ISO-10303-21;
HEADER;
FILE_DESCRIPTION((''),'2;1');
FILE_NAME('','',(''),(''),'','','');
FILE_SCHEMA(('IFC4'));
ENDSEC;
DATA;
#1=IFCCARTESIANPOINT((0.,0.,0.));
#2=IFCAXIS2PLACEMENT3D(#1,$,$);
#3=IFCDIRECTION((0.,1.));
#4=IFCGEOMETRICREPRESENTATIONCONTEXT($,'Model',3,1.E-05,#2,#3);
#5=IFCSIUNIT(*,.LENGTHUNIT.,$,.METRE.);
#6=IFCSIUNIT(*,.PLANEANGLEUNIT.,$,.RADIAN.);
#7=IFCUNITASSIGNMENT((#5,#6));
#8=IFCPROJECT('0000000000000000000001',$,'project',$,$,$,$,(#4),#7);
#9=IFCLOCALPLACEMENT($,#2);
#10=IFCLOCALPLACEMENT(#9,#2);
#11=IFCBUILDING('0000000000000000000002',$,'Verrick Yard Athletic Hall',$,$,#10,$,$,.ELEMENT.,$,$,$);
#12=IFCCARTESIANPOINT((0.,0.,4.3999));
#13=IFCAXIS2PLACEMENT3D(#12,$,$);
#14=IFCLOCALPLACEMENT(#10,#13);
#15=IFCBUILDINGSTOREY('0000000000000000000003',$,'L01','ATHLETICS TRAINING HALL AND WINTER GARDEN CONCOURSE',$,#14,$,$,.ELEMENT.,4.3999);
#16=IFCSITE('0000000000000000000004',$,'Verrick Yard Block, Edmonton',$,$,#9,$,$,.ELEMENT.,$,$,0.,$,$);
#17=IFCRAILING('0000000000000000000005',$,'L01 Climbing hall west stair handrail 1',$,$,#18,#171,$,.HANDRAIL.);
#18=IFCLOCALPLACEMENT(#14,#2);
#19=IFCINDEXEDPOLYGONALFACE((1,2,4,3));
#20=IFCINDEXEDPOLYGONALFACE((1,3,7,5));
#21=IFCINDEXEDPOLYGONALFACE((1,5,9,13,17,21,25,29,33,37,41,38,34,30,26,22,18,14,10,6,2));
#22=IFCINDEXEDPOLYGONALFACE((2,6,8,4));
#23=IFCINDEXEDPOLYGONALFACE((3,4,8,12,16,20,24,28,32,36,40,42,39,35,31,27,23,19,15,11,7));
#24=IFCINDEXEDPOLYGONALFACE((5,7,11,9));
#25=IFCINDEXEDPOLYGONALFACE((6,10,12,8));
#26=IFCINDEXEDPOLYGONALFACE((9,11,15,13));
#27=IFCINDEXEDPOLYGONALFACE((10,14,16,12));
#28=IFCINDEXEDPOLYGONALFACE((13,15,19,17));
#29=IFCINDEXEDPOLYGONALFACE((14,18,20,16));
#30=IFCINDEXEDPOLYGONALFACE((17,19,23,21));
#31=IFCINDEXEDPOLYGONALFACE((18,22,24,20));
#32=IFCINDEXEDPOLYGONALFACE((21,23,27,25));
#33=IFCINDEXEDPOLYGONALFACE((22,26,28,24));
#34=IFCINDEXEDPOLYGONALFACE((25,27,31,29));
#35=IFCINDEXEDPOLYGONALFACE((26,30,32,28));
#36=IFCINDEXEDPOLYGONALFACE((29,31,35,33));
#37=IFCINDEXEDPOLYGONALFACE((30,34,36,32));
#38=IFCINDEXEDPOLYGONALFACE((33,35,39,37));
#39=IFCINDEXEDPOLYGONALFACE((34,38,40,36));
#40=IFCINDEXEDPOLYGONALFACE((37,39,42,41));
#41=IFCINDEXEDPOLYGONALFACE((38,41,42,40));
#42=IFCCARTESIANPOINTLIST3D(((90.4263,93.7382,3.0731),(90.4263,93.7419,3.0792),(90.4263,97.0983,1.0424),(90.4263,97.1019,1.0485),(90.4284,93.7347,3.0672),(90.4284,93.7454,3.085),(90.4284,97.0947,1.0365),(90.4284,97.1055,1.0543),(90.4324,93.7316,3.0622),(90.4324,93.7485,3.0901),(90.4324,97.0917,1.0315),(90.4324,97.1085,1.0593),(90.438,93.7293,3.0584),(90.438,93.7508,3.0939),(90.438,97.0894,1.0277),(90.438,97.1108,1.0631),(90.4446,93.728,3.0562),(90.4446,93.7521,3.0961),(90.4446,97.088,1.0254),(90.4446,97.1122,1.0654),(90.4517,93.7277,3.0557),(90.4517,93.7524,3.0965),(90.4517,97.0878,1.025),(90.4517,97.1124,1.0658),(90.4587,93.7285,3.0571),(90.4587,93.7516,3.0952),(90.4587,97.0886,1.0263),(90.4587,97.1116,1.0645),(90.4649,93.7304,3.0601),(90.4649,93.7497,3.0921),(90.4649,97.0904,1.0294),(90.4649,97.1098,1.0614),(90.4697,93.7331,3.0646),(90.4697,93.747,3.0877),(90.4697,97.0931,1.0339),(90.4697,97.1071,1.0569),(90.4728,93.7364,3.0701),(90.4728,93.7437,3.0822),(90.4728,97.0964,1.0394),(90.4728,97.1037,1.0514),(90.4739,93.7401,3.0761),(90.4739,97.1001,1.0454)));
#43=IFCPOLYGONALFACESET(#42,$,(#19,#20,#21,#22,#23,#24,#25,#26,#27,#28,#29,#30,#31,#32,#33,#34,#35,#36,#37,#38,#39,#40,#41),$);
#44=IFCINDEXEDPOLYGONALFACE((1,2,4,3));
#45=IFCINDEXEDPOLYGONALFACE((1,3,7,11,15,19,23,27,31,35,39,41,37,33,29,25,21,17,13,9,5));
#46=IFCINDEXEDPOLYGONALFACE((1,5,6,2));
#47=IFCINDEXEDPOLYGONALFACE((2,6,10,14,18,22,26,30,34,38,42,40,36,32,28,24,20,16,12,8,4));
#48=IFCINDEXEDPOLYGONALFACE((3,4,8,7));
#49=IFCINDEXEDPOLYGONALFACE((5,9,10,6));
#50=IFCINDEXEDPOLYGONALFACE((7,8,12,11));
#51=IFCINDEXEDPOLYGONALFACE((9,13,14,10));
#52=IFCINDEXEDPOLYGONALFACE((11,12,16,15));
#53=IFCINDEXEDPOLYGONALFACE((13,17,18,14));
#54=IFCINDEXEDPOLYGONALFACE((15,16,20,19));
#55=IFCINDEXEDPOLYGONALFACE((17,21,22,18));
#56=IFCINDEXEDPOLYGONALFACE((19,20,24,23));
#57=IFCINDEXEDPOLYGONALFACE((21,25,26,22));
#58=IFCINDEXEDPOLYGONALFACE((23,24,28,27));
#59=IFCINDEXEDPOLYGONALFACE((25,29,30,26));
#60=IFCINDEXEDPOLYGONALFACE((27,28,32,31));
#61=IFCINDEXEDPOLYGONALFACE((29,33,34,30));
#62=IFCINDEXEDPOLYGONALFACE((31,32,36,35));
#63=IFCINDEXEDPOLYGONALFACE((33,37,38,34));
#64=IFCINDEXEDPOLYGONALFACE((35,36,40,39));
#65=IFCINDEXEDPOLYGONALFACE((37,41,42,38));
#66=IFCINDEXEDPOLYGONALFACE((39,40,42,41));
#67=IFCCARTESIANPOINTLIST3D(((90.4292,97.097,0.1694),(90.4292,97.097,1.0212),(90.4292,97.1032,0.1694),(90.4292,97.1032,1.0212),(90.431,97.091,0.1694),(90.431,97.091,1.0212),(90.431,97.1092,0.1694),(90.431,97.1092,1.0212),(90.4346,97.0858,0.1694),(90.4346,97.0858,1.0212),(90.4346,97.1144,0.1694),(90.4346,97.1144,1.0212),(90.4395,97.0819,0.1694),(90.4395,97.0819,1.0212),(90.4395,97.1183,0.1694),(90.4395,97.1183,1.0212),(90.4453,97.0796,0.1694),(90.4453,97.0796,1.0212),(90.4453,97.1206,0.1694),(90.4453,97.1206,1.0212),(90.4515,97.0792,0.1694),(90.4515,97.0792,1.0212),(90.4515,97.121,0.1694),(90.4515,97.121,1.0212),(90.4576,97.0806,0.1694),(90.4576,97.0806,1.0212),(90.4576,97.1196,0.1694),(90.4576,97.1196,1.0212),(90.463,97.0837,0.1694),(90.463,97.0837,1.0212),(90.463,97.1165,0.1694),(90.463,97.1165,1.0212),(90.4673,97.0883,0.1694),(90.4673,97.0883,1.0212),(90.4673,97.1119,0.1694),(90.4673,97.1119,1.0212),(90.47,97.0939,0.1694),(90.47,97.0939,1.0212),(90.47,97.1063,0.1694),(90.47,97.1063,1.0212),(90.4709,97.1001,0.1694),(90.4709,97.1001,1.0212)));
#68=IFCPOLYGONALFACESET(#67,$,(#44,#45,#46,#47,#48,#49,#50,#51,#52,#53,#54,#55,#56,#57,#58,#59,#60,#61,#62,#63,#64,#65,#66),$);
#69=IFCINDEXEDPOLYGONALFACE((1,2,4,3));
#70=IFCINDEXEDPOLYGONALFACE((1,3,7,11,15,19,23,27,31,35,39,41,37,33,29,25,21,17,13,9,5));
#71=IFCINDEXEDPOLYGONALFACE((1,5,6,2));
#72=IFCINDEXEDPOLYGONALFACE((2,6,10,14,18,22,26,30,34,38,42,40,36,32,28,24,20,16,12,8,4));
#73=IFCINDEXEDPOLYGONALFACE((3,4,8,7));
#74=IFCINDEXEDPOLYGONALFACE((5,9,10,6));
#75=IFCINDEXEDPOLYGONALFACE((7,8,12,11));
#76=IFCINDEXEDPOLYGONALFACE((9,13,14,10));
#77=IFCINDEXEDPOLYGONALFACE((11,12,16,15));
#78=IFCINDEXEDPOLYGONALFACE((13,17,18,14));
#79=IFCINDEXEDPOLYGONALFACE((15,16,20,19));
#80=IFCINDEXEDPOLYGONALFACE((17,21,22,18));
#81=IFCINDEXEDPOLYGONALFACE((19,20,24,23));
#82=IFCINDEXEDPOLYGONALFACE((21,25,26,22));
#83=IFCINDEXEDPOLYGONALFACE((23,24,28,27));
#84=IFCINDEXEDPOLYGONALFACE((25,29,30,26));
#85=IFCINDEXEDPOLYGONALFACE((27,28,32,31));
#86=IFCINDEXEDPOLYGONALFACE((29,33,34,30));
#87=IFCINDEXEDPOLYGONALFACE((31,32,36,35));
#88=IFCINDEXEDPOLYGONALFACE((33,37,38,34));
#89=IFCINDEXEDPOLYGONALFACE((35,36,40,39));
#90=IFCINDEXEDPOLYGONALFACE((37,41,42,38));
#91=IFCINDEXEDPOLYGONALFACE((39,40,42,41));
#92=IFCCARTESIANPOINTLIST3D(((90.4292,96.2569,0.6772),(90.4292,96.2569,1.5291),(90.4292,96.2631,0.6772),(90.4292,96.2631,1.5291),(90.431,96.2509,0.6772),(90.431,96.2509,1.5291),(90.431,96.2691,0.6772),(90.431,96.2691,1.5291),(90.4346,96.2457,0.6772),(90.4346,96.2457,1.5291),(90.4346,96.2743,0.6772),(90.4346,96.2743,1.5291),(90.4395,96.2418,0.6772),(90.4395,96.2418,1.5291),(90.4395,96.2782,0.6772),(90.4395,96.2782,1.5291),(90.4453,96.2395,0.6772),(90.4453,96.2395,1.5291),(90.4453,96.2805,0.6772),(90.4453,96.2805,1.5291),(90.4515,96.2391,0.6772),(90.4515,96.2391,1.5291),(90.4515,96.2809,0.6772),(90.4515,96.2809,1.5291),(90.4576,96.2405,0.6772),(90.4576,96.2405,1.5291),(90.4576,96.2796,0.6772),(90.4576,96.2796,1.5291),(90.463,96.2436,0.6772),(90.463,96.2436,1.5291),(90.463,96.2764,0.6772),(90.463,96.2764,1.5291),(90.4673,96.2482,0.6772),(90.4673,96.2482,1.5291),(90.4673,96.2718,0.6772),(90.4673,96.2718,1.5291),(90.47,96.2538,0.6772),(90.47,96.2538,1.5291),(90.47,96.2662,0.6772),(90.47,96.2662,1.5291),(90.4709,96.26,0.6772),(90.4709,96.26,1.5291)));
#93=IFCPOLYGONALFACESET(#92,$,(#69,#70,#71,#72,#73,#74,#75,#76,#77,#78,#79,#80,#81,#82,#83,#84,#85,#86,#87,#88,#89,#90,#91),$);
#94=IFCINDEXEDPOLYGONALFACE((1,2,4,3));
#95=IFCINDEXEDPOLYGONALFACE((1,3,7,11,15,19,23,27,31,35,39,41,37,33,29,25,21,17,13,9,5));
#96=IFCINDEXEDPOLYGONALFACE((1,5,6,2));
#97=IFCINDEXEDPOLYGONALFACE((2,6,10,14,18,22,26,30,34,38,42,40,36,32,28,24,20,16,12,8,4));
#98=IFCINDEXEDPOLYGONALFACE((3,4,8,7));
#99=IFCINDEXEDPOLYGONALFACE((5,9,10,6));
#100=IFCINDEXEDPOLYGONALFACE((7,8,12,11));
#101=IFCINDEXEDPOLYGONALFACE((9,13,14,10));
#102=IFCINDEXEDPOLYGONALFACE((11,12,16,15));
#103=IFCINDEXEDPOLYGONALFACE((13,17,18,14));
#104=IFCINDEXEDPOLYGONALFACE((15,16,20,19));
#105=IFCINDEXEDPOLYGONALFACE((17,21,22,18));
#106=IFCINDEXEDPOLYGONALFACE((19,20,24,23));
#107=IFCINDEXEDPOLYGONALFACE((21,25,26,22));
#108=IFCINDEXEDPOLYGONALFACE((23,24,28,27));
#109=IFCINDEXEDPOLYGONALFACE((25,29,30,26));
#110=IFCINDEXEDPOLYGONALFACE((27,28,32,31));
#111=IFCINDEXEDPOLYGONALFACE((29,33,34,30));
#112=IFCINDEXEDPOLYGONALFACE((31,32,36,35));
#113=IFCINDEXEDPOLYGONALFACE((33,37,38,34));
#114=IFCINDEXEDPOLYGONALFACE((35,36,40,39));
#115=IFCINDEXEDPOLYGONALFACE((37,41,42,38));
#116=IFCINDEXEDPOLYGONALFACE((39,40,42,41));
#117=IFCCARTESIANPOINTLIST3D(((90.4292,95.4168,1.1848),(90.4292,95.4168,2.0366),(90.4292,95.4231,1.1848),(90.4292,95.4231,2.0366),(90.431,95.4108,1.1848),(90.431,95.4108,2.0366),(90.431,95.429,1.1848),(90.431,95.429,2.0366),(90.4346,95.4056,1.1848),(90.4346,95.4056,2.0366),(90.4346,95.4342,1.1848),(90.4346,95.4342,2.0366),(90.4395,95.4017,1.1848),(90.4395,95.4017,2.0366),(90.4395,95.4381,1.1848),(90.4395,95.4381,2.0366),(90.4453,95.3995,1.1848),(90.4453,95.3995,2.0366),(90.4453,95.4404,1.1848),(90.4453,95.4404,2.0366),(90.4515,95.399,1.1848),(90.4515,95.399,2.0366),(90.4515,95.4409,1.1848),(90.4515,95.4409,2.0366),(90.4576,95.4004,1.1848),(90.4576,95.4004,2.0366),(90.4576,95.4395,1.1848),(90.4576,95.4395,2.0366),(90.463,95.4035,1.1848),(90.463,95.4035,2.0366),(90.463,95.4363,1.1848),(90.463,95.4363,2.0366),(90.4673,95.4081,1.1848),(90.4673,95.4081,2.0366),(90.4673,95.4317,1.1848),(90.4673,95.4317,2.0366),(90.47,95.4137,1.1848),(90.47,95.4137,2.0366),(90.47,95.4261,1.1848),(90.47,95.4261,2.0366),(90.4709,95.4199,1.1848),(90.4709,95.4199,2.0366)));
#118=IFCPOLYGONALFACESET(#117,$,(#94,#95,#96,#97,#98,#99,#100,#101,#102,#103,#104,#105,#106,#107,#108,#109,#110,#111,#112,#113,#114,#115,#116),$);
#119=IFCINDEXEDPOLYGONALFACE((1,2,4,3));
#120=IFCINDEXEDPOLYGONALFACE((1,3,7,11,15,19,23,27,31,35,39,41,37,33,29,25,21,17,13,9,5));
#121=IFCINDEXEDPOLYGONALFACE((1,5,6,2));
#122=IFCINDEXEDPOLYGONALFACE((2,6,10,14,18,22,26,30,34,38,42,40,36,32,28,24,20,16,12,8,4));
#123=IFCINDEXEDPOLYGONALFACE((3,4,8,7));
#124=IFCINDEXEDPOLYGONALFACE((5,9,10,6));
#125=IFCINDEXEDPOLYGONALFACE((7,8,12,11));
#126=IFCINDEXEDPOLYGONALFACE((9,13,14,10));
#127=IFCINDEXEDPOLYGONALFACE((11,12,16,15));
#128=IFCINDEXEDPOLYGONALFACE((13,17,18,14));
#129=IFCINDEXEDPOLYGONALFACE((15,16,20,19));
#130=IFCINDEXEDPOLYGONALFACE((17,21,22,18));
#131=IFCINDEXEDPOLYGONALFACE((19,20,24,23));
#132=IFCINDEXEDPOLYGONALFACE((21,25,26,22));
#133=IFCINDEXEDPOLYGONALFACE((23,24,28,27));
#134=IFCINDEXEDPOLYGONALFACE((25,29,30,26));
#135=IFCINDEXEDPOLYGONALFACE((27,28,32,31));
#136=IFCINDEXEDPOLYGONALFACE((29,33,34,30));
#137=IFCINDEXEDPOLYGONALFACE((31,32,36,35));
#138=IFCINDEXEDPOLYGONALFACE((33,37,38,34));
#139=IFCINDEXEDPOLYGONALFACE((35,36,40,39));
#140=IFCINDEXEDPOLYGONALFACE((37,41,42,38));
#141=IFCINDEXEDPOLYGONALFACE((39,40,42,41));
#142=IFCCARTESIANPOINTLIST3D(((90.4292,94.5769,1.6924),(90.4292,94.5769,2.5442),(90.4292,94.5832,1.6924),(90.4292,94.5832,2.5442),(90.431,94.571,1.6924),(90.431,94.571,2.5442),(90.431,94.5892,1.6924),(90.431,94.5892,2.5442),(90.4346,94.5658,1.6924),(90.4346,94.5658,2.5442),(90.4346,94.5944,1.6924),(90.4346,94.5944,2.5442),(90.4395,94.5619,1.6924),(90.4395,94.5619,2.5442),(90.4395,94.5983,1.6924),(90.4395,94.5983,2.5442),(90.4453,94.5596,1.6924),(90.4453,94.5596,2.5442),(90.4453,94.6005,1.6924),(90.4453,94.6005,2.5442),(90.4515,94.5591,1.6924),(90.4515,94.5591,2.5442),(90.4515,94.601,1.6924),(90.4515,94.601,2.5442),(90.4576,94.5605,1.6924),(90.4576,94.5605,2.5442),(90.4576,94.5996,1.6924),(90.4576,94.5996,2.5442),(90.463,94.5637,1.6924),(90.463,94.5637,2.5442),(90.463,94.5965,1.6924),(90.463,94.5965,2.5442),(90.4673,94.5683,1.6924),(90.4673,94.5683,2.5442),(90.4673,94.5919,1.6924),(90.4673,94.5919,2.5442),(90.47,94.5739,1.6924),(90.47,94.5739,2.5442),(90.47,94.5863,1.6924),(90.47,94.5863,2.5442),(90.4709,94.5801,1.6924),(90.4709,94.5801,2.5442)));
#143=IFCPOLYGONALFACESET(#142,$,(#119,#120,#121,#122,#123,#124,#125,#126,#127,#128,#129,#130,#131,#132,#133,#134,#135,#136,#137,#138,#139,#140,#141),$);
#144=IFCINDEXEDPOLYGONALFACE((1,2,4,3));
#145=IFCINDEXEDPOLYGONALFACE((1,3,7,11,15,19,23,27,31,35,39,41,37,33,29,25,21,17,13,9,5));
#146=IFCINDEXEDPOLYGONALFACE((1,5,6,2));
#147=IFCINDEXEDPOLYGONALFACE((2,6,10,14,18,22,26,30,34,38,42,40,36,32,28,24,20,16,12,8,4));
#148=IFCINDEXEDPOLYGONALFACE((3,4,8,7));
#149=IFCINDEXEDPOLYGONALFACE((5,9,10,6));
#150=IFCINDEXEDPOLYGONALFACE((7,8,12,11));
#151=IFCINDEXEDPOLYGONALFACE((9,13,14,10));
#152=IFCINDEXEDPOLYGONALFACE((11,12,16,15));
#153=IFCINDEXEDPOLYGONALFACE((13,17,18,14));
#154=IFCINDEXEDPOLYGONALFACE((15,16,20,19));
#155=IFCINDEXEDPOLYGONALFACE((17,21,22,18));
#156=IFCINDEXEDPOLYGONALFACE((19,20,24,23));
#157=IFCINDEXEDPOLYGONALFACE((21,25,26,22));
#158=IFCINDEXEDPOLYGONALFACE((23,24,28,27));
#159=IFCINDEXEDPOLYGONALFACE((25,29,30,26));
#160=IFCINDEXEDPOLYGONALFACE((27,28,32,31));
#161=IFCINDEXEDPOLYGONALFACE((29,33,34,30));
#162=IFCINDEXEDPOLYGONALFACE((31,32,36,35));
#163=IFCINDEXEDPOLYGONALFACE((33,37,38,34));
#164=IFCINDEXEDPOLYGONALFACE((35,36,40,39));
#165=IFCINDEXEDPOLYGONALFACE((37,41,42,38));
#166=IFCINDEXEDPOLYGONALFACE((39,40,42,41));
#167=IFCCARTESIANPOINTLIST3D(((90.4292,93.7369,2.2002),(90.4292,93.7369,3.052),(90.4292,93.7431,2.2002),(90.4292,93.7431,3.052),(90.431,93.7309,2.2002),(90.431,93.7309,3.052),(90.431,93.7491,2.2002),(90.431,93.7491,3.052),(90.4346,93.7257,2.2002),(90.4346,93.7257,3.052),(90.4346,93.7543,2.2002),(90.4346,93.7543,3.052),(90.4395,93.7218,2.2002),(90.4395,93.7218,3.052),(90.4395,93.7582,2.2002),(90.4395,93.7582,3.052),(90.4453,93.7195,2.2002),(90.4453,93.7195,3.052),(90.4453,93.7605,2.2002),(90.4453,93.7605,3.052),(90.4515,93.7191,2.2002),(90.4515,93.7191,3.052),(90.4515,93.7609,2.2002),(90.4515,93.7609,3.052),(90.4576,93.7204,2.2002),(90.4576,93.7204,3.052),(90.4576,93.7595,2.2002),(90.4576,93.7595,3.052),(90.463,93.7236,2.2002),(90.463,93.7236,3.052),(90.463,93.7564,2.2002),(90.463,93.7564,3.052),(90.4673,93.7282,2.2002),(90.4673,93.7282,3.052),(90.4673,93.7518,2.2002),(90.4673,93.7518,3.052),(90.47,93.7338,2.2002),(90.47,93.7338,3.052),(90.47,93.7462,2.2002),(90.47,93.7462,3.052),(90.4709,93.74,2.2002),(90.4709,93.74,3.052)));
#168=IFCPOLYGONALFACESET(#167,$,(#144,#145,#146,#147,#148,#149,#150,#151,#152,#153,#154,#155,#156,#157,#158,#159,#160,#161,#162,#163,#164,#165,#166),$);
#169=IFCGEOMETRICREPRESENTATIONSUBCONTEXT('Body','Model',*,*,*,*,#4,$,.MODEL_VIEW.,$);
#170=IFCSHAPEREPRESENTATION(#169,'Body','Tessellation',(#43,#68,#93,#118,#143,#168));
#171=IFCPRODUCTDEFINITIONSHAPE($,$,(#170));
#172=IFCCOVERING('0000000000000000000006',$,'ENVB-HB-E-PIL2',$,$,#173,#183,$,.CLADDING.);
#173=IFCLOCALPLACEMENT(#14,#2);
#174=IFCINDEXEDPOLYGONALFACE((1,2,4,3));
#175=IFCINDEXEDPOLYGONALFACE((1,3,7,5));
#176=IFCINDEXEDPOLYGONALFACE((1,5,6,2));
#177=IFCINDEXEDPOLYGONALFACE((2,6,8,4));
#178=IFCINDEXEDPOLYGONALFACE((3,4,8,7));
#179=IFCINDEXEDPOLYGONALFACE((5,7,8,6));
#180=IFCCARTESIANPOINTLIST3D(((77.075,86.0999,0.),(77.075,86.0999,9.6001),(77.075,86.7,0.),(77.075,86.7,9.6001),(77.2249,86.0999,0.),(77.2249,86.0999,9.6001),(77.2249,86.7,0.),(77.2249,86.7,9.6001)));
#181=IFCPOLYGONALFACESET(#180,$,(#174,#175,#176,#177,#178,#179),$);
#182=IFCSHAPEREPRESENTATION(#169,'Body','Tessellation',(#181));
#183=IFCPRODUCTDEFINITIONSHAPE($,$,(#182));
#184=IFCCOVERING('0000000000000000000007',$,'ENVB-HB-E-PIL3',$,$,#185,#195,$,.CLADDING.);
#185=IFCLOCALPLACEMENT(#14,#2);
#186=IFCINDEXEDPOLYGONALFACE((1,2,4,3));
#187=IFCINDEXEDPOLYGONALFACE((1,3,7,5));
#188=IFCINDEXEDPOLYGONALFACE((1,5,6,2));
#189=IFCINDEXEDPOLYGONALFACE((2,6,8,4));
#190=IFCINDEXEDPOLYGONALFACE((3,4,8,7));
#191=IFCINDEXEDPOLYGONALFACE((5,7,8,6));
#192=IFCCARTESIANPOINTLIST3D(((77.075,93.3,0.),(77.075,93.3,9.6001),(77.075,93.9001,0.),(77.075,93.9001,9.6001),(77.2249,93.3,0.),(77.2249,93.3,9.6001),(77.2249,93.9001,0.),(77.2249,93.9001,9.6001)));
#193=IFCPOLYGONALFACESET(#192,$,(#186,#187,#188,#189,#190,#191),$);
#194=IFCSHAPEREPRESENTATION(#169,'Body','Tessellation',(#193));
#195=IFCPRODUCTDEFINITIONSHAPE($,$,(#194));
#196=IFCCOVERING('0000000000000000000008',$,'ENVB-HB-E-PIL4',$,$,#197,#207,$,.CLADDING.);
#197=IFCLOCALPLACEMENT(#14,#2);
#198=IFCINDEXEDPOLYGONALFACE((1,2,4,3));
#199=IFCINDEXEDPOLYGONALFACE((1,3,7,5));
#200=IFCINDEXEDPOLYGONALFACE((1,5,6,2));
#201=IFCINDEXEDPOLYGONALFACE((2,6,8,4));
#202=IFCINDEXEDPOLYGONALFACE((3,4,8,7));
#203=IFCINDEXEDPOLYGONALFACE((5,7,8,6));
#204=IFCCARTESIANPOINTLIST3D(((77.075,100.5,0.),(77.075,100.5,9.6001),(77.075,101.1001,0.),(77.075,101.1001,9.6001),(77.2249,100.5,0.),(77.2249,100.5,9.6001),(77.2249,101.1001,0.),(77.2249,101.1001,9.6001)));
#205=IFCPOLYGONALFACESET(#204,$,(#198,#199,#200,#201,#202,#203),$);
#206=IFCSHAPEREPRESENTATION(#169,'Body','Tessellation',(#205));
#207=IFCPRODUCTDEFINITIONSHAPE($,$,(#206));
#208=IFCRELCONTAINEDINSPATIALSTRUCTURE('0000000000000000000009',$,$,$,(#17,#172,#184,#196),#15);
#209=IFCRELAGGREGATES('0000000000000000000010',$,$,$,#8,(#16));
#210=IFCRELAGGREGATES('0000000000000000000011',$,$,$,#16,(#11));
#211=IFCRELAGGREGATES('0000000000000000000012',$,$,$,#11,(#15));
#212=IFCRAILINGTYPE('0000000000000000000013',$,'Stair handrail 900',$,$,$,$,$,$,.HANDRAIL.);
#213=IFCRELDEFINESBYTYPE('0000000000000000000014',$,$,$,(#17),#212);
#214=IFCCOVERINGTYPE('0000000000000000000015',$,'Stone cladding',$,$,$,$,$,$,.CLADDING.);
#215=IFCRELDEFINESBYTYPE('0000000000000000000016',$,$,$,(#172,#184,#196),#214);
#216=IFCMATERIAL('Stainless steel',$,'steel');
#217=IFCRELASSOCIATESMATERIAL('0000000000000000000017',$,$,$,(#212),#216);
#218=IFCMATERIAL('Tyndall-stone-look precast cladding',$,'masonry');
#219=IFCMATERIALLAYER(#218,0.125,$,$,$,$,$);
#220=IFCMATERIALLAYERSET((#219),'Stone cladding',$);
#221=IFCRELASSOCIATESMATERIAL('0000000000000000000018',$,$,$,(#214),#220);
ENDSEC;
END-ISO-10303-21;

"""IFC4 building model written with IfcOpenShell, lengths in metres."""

from ifc_helpers import new_model, si_unit, direction, frame, origin, origin_2d, place, context, subcontext, project, spatial, rectangle, circle, extrude, material, layer, layer_set, type_object, element, save


model = new_model("IFC4")

# Units and contexts
model_context = context("Model", 3, precision=1e-05, world=origin(), true_north=direction((0.0, 1.0)))
body_context = subcontext(model_context, "Body", "Model", "MODEL_VIEW")
ifc_project = project(units=[si_unit("LENGTHUNIT", "METRE"), si_unit("PLANEANGLEUNIT", "RADIAN")], contexts=[model_context])

# Site, building, storey
site_placement = place(None, origin())
site = spatial("IfcSite", under=ifc_project, at=site_placement, Name="Verrick Yard Block, Edmonton", CompositionType="ELEMENT", RefElevation=0.0)
building_placement = place(site_placement, origin())
building = spatial("IfcBuilding", under=site, at=building_placement, Name="Verrick Yard Athletic Hall", CompositionType="ELEMENT")
storey_placement = place(building_placement, frame((0.0, 0.0, 4.3999)))
storey = spatial("IfcBuildingStorey", under=building, at=storey_placement, Name="L01", Description="ATHLETICS TRAINING HALL AND WINTER GARDEN CONCOURSE", CompositionType="ELEMENT", Elevation=4.3999)

# Railing
ifc_material_1 = material(Name="Stainless steel", Category="steel")
railing_type_1 = type_object("IfcRailingType", Name="Stair handrail 900", PredefinedType="HANDRAIL", material=ifc_material_1)
railing_1_placement = place(storey_placement, frame((90.45, 97.1001, 0.1694)))
element("IfcRailing", 1, at=railing_1_placement, inside=storey, type_object=railing_type_1, Name="L01 Climbing hall west stair handrail 1", PredefinedType="HANDRAIL", context=body_context, shape_type="SweptSolid", body=[
    extrude(circle(Radius=0.0239, at=origin_2d()), frame((0.0, 0.0, 0.876), z_axis=(0.0, -0.855837, 0.517246), x_axis=(1.0, 0.0, 0.0)), (0.0, 0.0, 1.0), 3.926),
    extrude(circle(Radius=0.021, at=origin_2d()), origin(), (0.0, 0.0, 1.0), 0.8518),
    extrude(circle(Radius=0.021, at=origin_2d()), frame((0.0, -0.8401, 0.5078)), (0.0, 0.0, 1.0), 0.8518),
    extrude(circle(Radius=0.021, at=origin_2d()), frame((0.0, -1.6802, 1.0154)), (0.0, 0.0, 1.0), 0.8518),
    extrude(circle(Radius=0.021, at=origin_2d()), frame((0.0, -2.52, 1.5229)), (0.0, 0.0, 1.0), 0.8518),
    extrude(circle(Radius=0.021, at=origin_2d()), frame((0.0, -3.3601, 2.0308)), (0.0, 0.0, 1.0), 0.8518),
])

# Coverings
ifc_material_2 = material(Name="Tyndall-stone-look precast cladding", Category="masonry")
ifc_layer_1 = layer(ifc_material_2, 0.125)
ifc_layer_set_1 = layer_set([ifc_layer_1], Name="Stone cladding")
covering_type_1 = type_object("IfcCoveringType", Name="Stone cladding", PredefinedType="CLADDING", material=ifc_layer_set_1)
for number, where, z_axis, x_axis, name in (
    (2, (77.1499, 86.3999, 0.0), (0.0, 0.0, 1.0), (1.0, 0.0, 0.0), "ENVB-HB-E-PIL2"),
    (3, (77.1499, 93.6001, 0.0), (0.0, 0.0, 1.0), (1.0, 0.0, 0.0), "ENVB-HB-E-PIL3"),
    (4, (77.1499, 100.8, 0.0), (0.0, 0.0, 1.0), (1.0, 0.0, 0.0), "ENVB-HB-E-PIL4"),
):
    element("IfcCovering", number, at=place(storey_placement, frame(where, z_axis=z_axis, x_axis=x_axis)), inside=storey, type_object=covering_type_1, Name=name, PredefinedType="CLADDING", context=body_context, shape_type="SweptSolid", body=[
        extrude(rectangle(XDim=0.1499, YDim=0.6001, at=origin_2d()), origin(), (0.0, 0.0, 1.0), 9.6001),
    ])

save(model, "model.ifc")
